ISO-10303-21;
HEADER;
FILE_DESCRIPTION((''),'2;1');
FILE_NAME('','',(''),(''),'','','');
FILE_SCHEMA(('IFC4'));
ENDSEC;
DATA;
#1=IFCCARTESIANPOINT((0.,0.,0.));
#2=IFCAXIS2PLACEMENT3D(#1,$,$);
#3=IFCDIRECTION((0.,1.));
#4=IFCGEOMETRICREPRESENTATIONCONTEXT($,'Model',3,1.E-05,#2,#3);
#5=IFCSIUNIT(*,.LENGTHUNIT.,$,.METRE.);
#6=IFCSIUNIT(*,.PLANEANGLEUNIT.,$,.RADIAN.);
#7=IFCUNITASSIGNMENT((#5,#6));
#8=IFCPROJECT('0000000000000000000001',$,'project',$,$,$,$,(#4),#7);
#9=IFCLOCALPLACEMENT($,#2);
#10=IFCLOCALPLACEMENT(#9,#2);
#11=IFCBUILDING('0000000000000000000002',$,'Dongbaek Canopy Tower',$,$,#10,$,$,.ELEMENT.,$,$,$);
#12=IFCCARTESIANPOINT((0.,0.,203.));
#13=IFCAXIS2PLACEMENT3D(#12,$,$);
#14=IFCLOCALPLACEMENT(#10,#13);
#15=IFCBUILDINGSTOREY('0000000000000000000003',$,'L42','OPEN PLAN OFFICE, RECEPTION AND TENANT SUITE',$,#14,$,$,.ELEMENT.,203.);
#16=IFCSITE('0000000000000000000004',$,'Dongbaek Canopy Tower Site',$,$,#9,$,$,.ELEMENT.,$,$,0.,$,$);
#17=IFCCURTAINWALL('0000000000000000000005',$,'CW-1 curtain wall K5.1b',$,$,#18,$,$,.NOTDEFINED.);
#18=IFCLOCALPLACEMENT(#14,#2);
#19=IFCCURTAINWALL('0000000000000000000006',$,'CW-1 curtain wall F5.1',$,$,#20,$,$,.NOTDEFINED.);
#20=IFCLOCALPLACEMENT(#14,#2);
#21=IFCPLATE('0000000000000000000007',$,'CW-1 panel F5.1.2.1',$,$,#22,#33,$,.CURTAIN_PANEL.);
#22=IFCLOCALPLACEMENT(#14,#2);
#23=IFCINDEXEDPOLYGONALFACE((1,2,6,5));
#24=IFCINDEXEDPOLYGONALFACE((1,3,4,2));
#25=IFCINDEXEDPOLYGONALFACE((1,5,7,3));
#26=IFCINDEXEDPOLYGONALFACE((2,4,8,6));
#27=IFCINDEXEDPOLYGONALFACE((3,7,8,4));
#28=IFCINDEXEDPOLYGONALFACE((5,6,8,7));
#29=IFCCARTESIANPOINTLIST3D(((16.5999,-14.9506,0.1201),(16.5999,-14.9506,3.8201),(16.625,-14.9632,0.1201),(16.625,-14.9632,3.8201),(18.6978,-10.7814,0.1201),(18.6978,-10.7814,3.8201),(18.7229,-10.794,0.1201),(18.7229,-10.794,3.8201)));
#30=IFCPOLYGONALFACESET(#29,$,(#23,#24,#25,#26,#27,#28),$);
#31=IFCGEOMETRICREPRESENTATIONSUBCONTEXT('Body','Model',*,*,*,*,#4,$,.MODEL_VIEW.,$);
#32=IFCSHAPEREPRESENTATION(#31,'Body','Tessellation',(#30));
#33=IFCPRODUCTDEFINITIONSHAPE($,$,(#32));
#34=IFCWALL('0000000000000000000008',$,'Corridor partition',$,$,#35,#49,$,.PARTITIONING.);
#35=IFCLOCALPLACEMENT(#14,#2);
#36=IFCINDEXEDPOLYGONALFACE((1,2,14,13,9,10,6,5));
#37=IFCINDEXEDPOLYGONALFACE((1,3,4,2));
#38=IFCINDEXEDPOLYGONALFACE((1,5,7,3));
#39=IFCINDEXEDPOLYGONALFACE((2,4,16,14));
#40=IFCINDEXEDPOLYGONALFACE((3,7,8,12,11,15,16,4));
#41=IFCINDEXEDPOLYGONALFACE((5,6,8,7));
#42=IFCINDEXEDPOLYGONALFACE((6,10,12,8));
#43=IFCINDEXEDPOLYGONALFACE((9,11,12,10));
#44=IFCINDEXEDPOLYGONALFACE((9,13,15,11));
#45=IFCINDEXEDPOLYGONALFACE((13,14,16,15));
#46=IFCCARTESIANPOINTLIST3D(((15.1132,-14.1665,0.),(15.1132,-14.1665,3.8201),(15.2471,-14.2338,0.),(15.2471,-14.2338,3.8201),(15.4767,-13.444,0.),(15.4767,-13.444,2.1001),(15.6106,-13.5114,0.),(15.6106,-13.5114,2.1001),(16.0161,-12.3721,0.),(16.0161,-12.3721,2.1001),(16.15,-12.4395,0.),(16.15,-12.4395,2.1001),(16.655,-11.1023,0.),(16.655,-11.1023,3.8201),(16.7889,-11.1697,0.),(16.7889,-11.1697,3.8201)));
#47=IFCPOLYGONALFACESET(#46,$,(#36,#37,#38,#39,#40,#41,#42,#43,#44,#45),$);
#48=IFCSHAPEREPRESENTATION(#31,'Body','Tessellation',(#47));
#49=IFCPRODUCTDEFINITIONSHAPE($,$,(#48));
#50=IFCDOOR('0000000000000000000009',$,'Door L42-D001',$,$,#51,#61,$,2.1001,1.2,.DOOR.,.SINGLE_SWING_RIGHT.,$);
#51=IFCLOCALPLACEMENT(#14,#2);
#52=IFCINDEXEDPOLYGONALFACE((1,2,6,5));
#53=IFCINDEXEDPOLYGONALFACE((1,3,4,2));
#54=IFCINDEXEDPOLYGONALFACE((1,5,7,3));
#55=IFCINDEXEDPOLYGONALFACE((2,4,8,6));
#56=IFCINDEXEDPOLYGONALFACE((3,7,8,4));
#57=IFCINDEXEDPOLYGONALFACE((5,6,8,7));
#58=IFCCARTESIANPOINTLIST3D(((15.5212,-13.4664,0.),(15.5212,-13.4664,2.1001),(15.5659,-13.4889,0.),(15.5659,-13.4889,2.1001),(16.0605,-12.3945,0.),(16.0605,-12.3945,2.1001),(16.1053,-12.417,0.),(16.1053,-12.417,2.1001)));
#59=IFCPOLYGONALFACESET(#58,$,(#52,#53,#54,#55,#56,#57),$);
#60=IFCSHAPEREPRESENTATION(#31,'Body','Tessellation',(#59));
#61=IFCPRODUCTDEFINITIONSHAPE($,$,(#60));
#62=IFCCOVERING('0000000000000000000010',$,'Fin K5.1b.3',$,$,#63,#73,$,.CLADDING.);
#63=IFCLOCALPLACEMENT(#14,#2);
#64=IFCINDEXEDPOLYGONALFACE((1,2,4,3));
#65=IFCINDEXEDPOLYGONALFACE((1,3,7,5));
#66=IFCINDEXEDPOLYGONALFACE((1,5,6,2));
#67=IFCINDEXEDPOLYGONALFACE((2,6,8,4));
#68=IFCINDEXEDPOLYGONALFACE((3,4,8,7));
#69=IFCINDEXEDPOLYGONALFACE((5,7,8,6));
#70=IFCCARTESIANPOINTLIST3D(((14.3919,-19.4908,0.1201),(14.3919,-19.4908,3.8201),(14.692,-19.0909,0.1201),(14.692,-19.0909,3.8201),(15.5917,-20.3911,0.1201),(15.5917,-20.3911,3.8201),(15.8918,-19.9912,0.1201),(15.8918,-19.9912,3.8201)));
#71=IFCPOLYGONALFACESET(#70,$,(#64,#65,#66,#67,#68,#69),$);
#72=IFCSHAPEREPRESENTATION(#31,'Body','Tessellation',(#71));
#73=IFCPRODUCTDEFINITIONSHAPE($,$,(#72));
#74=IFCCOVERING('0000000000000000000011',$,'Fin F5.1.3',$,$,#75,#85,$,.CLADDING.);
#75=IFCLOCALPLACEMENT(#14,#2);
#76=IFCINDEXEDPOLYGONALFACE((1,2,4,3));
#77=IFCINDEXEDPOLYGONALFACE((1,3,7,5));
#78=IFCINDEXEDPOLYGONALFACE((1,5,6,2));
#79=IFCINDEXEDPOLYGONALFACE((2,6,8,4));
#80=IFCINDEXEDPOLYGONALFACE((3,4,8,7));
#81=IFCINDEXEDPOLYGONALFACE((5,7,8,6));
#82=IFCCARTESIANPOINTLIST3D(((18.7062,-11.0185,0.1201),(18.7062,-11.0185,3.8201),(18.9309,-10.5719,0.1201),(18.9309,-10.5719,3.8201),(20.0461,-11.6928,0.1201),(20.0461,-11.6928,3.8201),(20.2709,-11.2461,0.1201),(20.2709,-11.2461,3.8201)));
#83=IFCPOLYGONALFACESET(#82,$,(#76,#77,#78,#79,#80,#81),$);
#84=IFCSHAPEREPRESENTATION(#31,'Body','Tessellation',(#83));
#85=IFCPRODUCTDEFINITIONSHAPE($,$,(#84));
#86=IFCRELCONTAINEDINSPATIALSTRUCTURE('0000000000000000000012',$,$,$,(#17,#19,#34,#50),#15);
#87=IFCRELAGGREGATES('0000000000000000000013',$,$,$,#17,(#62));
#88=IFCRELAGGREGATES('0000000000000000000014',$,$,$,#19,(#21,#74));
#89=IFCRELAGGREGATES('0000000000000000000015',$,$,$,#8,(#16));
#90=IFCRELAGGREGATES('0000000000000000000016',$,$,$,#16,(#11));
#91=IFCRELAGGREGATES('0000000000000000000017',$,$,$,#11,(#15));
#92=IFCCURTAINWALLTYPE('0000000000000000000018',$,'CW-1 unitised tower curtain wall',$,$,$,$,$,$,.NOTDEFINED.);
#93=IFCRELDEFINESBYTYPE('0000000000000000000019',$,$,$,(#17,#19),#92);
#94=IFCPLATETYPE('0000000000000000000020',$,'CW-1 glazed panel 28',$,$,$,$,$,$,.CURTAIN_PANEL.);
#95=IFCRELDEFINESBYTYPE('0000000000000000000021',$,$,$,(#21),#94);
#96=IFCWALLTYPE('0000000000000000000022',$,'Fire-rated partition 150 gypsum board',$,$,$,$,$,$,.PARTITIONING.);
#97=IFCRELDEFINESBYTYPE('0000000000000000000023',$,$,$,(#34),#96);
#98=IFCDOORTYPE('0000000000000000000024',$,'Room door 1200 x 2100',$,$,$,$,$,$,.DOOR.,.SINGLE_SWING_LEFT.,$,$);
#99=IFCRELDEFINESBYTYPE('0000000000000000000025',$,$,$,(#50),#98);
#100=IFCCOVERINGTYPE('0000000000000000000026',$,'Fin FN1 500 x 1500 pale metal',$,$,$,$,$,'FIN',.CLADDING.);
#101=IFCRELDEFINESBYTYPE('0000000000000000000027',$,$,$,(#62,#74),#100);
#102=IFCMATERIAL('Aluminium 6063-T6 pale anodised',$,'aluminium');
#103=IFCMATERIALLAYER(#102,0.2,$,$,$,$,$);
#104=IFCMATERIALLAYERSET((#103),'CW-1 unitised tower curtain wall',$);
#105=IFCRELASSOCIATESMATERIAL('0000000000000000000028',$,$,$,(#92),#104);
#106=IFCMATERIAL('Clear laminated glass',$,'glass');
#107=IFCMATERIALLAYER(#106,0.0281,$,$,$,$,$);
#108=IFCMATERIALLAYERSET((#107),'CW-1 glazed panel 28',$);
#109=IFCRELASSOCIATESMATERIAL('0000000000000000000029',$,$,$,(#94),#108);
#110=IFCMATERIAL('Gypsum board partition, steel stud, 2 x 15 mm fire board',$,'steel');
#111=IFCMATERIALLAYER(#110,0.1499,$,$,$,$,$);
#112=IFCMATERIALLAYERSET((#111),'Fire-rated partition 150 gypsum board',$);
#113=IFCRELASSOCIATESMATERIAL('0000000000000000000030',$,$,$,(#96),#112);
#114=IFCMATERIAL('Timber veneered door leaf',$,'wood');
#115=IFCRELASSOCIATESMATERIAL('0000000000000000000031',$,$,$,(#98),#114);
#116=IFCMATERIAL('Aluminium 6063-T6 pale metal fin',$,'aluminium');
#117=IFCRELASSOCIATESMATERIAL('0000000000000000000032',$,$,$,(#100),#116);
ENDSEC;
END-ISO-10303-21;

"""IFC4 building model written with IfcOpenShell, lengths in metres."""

from ifc_helpers import new_model, si_unit, direction, frame, frame_2d, origin, origin_2d, place, context, subcontext, project, spatial, rectangle, extrude, material, layer, layer_set, material_profile, profile_set, type_object, element, fill, aggregate, save


model = new_model("IFC4")

# Units and contexts
model_context = context("Model", 3, precision=1e-05, world=origin(), true_north=direction((0.0, 1.0)))
body_context = subcontext(model_context, "Body", "Model", "MODEL_VIEW")
ifc_project = project(units=[si_unit("LENGTHUNIT", "METRE"), si_unit("PLANEANGLEUNIT", "RADIAN")], contexts=[model_context])

# Site, building, storey
site_placement = place(None, origin())
site = spatial("IfcSite", under=ifc_project, at=site_placement, Name="Dongbaek Canopy Tower Site", CompositionType="ELEMENT", RefElevation=0.0)
building_placement = place(site_placement, origin())
building = spatial("IfcBuilding", under=site, at=building_placement, Name="Dongbaek Canopy Tower", CompositionType="ELEMENT")
storey_placement = place(building_placement, frame((0.0, 0.0, 203.0)))
storey = spatial("IfcBuildingStorey", under=building, at=storey_placement, Name="L42", Description="OPEN PLAN OFFICE, RECEPTION AND TENANT SUITE", CompositionType="ELEMENT", Elevation=203.0)

# Shared definitions
ifc_material_1 = material(Name="Aluminium 6063-T6 pale anodised", Category="aluminium")
ifc_layer_1 = layer(ifc_material_1, 0.2)
ifc_layer_set_1 = layer_set([ifc_layer_1], Name="CW-1 unitised tower curtain wall")
curtain_wall_type = type_object("IfcCurtainWallType", Name="CW-1 unitised tower curtain wall", PredefinedType="NOTDEFINED", material=ifc_layer_set_1)

# Curtain walls
curtain_wall_1_placement = place(storey_placement, origin())
curtain_wall_1 = element("IfcCurtainWall", 1, at=curtain_wall_1_placement, inside=storey, type_object=curtain_wall_type, Name="CW-1 curtain wall K5.1b", PredefinedType="NOTDEFINED")
curtain_wall_2_placement = place(storey_placement, origin())
curtain_wall_2 = element("IfcCurtainWall", 2, at=curtain_wall_2_placement, inside=storey, type_object=curtain_wall_type, Name="CW-1 curtain wall F5.1", PredefinedType="NOTDEFINED")

# Plate
ifc_material_2 = material(Name="Clear laminated glass", Category="glass")
ifc_layer_2 = layer(ifc_material_2, 0.0281)
ifc_layer_set_2 = layer_set([ifc_layer_2], Name="CW-1 glazed panel 28")
plate_type = type_object("IfcPlateType", Name="CW-1 glazed panel 28", PredefinedType="CURTAIN_PANEL", material=ifc_layer_set_2)
plate_1_placement = place(storey_placement, frame((17.6614, -12.8723, 0.1201), z_axis=(0.0, 0.0, 1.0), x_axis=(0.449499, 0.893281, 0.0)))
plate_1 = element("IfcPlate", 3, at=plate_1_placement, type_object=plate_type, Name="CW-1 panel F5.1.2.1", PredefinedType="CURTAIN_PANEL", context=body_context, shape_type="SweptSolid", body=[
    extrude(rectangle(XDim=4.6672, YDim=0.0281, at=origin_2d()), origin(), (0.0, 0.0, 1.0), 3.7),
])

# Wall, opening, door
ifc_material_3 = material(Name="Gypsum board partition, steel stud, 2 x 15 mm fire board", Category="steel")
ifc_layer_3 = layer(ifc_material_3, 0.1499)
ifc_layer_set_3 = layer_set([ifc_layer_3], Name="Fire-rated partition 150 gypsum board")
wall_type = type_object("IfcWallType", Name="Fire-rated partition 150 gypsum board", PredefinedType="PARTITIONING", material=ifc_layer_set_3)
wall_placement = place(storey_placement, frame((16.7219, -11.136, 0.0), z_axis=(0.0, 0.0, 1.0), x_axis=(-0.449461, -0.8933, 0.0)))
wall = element("IfcWall", 4, at=wall_placement, inside=storey, type_object=wall_type, Name="Corridor partition", PredefinedType="PARTITIONING", context=body_context, shape_type="SweptSolid", body=[
    extrude(rectangle(XDim=3.4302, YDim=0.1499, at=frame_2d((1.7151, 0.0))), origin(), (0.0, 0.0, 1.0), 3.8201),
])
opening_placement = place(wall_placement, frame((1.4214, 0.0, 0.0)))
opening = element("IfcOpeningElement", 5, at=opening_placement, cuts=wall, PredefinedType="OPENING", context=body_context, shape_type="SweptSolid", body=[
    extrude(rectangle(XDim=1.2, YDim=2.1001, at=frame_2d((0.6001, 1.05))), frame((0.0, 0.085, 0.0), z_axis=(0.0, -1.0, 0.0), x_axis=(1.0, 0.0, 0.0)), (0.0, 0.0, 1.0), 0.1699),
])
ifc_material_4 = material(Name="Timber veneered door leaf", Category="wood")
door_type = type_object("IfcDoorType", Name="Room door 1200 x 2100", OperationType="SINGLE_SWING_LEFT", PredefinedType="DOOR", material=ifc_material_4)
door_placement = place(opening_placement, origin())
door = element("IfcDoor", 6, at=door_placement, inside=storey, type_object=door_type, Name="Door L42-D001", OperationType="SINGLE_SWING_RIGHT", OverallHeight=2.1001, OverallWidth=1.2, PredefinedType="DOOR", context=body_context, shape_type="SweptSolid", body=[
    extrude(rectangle(XDim=1.2, YDim=2.1001, at=frame_2d((0.6001, 1.05))), frame((0.0, 0.0249, 0.0), z_axis=(0.0, -1.0, 0.0), x_axis=(1.0, 0.0, 0.0)), (0.0, 0.0, 1.0), 0.05),
])
fill(opening, door)

# Coverings
ifc_material_5 = material(Name="Aluminium 6063-T6 pale metal fin", Category="aluminium")
ifc_material_profile_1 = material_profile(ifc_material_5, rectangle(XDim=1.5, YDim=0.5, at=origin_2d()), Name="Fin FN1 500 x 1500 pale metal")
ifc_profile_set_1 = profile_set([ifc_material_profile_1], Name="Aluminium 6063-T6 pale metal fin")
covering_type = type_object("IfcCoveringType", Name="Fin FN1 500 x 1500 pale metal", ElementType="FIN", PredefinedType="CLADDING", material=ifc_profile_set_1)
covering_1_placement = place(storey_placement, frame((15.1418, -19.741, 0.1201), z_axis=(0.0, 0.0, 1.0), x_axis=(0.799847, -0.600203, 0.0)))
covering_1 = element("IfcCovering", 7, at=covering_1_placement, type_object=covering_type, Name="Fin K5.1b.3", PredefinedType="CLADDING", context=body_context, shape_type="SweptSolid", body=[
    extrude(rectangle(XDim=1.5, YDim=0.5, at=origin_2d()), origin(), (0.0, 0.0, 1.0), 3.7),
])
aggregate(curtain_wall_1, [covering_1])
covering_2_placement = place(storey_placement, frame((19.4885, -11.1323, 0.1201), z_axis=(0.0, 0.0, 1.0), x_axis=(0.893281, -0.449499, 0.0)))
covering_2 = element("IfcCovering", 8, at=covering_2_placement, type_object=covering_type, Name="Fin F5.1.3", PredefinedType="CLADDING", context=body_context, shape_type="SweptSolid", body=[
    extrude(rectangle(XDim=1.5, YDim=0.5, at=origin_2d()), origin(), (0.0, 0.0, 1.0), 3.7),
])
aggregate(curtain_wall_2, [plate_1, covering_2])

save(model, "model.ifc")
